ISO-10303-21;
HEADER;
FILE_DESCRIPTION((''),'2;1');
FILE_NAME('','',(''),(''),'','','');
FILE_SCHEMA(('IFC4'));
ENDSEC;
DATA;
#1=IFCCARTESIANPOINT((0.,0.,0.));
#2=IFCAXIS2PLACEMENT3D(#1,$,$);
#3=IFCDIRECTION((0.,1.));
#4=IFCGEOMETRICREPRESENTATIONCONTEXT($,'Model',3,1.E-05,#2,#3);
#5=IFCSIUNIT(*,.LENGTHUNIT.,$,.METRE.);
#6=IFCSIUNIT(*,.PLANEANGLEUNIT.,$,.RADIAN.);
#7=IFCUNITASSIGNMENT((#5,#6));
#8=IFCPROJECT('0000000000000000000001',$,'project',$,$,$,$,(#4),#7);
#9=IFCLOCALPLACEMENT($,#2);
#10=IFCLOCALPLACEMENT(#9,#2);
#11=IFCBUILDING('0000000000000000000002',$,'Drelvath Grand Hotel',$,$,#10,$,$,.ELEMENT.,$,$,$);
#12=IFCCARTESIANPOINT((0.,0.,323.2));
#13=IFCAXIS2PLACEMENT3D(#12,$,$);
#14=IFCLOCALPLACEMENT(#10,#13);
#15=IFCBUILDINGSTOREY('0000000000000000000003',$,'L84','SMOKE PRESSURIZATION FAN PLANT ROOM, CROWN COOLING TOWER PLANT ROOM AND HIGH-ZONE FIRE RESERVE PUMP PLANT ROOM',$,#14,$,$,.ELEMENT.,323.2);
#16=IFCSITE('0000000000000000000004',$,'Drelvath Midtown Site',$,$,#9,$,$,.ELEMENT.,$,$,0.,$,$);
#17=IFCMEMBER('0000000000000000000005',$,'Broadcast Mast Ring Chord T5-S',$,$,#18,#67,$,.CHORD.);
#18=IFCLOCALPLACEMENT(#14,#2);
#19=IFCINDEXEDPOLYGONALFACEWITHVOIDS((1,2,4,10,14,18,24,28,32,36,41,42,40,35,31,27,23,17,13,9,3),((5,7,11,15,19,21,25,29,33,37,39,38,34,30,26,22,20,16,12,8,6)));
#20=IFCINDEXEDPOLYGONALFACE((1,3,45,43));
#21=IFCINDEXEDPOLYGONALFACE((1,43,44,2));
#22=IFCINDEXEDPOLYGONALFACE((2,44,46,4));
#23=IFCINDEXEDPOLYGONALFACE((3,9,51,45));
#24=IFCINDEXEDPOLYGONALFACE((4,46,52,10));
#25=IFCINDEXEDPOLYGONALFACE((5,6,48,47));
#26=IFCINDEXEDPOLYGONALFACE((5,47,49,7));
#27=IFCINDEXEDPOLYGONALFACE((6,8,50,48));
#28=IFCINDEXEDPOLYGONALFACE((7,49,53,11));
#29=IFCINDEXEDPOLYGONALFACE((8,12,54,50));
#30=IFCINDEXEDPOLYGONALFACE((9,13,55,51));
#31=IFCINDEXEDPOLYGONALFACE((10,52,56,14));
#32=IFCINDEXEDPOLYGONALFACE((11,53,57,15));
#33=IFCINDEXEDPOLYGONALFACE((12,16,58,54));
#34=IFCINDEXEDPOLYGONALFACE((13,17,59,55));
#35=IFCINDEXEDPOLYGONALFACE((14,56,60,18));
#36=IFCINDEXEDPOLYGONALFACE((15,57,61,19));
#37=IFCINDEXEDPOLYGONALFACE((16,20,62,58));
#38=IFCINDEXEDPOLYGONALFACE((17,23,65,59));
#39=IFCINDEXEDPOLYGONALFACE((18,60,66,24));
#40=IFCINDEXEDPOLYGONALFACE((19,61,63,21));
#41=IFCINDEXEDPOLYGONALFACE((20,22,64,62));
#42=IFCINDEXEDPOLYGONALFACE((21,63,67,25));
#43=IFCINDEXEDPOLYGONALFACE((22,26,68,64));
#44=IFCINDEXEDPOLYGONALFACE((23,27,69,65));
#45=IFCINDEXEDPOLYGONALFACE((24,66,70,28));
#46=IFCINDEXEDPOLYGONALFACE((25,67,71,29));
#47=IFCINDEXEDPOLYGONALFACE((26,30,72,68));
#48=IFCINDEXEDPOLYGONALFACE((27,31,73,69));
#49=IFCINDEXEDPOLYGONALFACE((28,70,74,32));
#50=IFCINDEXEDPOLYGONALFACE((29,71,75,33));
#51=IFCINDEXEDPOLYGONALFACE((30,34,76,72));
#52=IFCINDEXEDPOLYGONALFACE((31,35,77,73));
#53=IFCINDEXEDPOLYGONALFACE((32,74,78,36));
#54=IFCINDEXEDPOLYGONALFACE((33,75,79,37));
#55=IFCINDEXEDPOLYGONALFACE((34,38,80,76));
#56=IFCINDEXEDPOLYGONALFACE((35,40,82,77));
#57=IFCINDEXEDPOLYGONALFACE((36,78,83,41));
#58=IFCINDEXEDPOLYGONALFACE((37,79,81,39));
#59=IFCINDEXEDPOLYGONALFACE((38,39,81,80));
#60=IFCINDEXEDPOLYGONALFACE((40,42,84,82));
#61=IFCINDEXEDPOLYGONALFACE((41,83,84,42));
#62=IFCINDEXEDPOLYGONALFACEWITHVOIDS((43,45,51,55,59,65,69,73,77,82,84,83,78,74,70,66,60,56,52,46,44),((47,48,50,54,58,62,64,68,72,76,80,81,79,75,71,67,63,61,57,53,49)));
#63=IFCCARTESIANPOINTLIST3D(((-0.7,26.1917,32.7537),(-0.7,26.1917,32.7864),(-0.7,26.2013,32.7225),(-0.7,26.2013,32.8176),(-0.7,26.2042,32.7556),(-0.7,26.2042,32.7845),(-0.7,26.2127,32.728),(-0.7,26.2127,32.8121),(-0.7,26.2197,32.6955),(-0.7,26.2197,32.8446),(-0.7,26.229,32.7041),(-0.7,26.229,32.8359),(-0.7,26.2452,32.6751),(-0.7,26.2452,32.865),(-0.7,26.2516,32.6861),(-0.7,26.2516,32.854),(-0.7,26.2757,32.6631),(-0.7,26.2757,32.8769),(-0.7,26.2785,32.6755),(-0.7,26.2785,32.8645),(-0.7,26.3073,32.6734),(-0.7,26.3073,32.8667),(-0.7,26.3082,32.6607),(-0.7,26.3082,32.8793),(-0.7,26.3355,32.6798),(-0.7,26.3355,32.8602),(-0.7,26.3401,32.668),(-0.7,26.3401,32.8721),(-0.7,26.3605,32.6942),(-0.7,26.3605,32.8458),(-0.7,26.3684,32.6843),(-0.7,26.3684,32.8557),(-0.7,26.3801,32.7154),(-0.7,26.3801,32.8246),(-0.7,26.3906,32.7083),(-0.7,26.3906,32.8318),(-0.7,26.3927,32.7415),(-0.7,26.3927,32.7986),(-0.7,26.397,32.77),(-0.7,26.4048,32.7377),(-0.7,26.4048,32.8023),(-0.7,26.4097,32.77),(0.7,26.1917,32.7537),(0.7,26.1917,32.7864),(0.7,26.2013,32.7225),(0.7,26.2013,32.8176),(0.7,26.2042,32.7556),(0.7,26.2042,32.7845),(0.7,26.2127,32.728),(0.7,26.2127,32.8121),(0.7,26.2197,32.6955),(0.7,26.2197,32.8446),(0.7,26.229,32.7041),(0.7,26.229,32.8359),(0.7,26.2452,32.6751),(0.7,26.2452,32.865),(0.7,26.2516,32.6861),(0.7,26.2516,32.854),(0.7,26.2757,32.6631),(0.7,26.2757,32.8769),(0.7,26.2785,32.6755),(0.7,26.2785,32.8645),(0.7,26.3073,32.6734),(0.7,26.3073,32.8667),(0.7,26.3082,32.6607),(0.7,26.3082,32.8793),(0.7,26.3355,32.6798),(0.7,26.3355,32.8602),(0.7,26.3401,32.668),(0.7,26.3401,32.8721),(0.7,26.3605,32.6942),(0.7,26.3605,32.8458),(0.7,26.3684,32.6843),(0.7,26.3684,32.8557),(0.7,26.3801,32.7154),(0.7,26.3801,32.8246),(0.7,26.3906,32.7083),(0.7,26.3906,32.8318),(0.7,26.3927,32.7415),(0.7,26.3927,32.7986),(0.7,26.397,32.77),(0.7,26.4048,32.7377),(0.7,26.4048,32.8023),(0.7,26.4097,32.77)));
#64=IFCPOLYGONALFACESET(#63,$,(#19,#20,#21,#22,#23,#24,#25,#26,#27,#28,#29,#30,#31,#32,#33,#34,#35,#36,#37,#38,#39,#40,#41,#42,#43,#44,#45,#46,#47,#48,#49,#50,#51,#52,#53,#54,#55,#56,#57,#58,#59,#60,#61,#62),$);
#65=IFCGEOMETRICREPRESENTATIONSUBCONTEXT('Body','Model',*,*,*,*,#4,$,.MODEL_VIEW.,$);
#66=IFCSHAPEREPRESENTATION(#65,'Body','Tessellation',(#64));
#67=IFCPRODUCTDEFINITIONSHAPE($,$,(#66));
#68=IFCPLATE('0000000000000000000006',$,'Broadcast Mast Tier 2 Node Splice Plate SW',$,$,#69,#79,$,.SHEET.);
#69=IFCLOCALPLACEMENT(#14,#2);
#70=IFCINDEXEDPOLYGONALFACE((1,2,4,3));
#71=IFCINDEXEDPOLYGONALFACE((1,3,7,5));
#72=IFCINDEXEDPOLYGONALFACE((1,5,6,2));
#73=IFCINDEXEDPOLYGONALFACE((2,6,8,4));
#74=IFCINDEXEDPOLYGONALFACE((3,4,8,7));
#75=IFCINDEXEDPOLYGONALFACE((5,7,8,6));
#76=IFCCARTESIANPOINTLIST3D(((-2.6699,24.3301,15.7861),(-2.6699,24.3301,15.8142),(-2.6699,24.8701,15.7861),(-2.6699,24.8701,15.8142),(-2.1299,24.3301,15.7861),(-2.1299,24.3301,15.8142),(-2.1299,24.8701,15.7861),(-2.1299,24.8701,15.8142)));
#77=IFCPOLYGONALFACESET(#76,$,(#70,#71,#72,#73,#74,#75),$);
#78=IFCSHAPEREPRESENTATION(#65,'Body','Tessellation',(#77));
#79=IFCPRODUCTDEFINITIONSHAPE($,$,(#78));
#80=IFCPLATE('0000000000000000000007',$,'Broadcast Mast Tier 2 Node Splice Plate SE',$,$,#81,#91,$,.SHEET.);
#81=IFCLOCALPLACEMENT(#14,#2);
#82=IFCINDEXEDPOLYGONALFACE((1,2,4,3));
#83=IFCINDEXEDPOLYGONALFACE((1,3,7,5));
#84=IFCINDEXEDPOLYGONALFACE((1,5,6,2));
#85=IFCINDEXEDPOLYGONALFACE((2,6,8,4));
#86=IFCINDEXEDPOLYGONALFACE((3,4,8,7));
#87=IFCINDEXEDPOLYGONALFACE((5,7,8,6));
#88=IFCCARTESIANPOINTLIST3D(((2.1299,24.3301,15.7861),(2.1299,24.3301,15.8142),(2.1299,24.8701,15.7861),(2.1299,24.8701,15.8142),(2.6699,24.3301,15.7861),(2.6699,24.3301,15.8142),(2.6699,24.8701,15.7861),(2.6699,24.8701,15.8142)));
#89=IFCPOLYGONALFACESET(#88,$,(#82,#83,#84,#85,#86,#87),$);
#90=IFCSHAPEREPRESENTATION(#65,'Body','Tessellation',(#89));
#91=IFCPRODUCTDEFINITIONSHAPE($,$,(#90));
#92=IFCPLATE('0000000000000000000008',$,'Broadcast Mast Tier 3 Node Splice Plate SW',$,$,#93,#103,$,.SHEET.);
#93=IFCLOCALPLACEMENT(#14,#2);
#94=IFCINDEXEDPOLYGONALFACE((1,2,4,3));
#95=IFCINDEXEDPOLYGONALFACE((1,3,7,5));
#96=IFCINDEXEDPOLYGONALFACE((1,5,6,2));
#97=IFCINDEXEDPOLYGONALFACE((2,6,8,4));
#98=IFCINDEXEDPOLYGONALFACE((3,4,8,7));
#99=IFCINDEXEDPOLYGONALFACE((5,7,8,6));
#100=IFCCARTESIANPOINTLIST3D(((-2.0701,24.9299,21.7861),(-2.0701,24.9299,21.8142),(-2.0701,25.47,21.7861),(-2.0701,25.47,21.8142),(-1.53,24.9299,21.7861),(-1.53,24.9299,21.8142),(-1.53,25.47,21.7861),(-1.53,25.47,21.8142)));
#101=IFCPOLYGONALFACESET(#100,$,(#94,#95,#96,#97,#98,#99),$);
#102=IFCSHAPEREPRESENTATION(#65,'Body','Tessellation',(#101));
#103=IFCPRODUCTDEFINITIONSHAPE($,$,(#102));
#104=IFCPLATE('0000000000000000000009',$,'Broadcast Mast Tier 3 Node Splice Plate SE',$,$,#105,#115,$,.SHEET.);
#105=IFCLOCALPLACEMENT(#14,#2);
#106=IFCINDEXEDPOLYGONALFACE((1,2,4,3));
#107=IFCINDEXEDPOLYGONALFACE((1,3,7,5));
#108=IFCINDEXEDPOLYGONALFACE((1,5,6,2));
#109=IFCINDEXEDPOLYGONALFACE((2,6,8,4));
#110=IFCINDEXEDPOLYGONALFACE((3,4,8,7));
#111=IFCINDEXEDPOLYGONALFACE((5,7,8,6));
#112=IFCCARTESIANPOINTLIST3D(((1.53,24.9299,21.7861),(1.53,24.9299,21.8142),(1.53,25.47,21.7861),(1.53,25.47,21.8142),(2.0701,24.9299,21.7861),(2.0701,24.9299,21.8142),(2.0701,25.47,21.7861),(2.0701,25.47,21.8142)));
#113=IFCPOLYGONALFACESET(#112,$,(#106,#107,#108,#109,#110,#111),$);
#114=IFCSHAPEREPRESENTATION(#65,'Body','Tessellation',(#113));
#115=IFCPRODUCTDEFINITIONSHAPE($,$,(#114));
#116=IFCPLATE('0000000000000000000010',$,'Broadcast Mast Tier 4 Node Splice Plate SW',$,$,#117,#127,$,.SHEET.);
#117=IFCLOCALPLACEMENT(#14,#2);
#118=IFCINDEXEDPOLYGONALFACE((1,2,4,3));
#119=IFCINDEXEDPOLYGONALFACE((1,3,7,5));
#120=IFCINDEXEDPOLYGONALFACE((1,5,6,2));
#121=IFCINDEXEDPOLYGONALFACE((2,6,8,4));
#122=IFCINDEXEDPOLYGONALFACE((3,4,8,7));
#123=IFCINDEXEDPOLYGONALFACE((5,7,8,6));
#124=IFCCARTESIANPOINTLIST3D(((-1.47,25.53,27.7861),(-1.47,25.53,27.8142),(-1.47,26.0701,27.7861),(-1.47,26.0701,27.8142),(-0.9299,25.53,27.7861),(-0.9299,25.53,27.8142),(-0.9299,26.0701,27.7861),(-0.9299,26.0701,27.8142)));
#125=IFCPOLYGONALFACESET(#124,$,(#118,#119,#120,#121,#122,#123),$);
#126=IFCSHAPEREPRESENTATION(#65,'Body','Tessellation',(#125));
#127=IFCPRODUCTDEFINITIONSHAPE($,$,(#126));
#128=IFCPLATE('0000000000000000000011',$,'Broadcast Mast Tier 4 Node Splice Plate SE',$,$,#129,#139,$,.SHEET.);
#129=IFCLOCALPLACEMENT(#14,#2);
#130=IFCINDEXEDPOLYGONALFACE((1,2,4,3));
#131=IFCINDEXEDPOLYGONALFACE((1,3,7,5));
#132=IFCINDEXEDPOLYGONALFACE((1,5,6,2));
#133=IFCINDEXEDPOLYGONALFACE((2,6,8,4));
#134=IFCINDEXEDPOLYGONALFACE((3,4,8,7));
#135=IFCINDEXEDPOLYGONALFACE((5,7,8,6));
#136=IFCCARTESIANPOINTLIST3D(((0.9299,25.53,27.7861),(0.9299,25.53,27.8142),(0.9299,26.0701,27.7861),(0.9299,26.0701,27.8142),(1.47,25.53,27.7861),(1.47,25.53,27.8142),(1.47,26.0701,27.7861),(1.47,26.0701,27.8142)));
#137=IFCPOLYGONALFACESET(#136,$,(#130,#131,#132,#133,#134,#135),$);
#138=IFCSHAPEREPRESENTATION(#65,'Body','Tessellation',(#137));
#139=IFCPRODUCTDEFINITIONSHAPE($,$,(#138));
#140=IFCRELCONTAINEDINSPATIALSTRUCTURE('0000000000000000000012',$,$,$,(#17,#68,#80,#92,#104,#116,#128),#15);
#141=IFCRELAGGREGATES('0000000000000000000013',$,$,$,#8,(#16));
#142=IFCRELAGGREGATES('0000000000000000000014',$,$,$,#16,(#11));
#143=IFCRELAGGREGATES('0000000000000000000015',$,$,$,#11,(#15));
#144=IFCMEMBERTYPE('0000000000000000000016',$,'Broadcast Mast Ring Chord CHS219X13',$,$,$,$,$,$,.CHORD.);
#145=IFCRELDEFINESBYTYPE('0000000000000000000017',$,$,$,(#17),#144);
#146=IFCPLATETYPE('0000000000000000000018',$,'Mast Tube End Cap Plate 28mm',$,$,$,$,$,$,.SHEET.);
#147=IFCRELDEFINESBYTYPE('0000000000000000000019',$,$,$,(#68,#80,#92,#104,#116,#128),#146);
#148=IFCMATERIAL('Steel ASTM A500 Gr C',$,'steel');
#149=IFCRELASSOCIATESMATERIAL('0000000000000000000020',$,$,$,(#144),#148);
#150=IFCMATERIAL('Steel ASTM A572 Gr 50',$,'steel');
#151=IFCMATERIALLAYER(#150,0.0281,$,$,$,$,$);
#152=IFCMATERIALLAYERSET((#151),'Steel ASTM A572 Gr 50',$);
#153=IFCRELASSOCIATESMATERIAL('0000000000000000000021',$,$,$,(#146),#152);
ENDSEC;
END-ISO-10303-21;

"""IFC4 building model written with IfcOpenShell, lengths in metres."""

from ifc_helpers import new_model, si_unit, direction, frame, origin, origin_2d, place, context, subcontext, project, spatial, rectangle, hollow_circle, extrude, material, layer, layer_set, material_profile, profile_set, type_object, element, save


model = new_model("IFC4")

# Units and contexts
model_context = context("Model", 3, precision=1e-05, world=origin(), true_north=direction((0.0, 1.0)))
body_context = subcontext(model_context, "Body", "Model", "MODEL_VIEW")
ifc_project = project(units=[si_unit("LENGTHUNIT", "METRE"), si_unit("PLANEANGLEUNIT", "RADIAN")], contexts=[model_context])

# Site, building, storey
site_placement = place(None, origin())
site = spatial("IfcSite", under=ifc_project, at=site_placement, Name="Drelvath Midtown Site", CompositionType="ELEMENT", RefElevation=0.0)
building_placement = place(site_placement, origin())
building = spatial("IfcBuilding", under=site, at=building_placement, Name="Drelvath Grand Hotel", CompositionType="ELEMENT")
storey_placement = place(building_placement, frame((0.0, 0.0, 323.2)))
storey = spatial("IfcBuildingStorey", under=building, at=storey_placement, Name="L84", Description="SMOKE PRESSURIZATION FAN PLANT ROOM, CROWN COOLING TOWER PLANT ROOM AND HIGH-ZONE FIRE RESERVE PUMP PLANT ROOM", CompositionType="ELEMENT", Elevation=323.2)

# Member
ifc_material_1 = material(Name="Steel ASTM A500 Gr C", Category="steel")
ifc_material_profile_1 = material_profile(ifc_material_1, hollow_circle(Radius=0.1096, WallThickness=0.0127, at=origin_2d()), Name="CHS219X13")
ifc_profile_set_1 = profile_set([ifc_material_profile_1], Name="Steel ASTM A500 Gr C")
member_type_1 = type_object("IfcMemberType", Name="Broadcast Mast Ring Chord CHS219X13", PredefinedType="CHORD", material=ifc_profile_set_1)
member_placement = place(storey_placement, frame((-0.7, 26.3, 32.77), z_axis=(1.0, 0.0, 0.0), x_axis=(0.0, 1.0, 0.0)))
element("IfcMember", 1, at=member_placement, inside=storey, type_object=member_type_1, Name="Broadcast Mast Ring Chord T5-S", PredefinedType="CHORD", context=body_context, shape_type="SweptSolid", body=[
    extrude(hollow_circle(Radius=0.1096, WallThickness=0.0127, at=origin_2d()), origin(), (0.0, 0.0, 1.0), 1.3999),
])

# Plates
ifc_material_2 = material(Name="Steel ASTM A572 Gr 50", Category="steel")
ifc_layer = layer(ifc_material_2, 0.0281)
ifc_layer_set = layer_set([ifc_layer], Name="Steel ASTM A572 Gr 50")
plate_type = type_object("IfcPlateType", Name="Mast Tube End Cap Plate 28mm", PredefinedType="SHEET", material=ifc_layer_set)
for number, where, z_axis, x_axis, name in (
    (2, (-2.3999, 24.6001, 15.7861), (0.0, 0.0, 1.0), (1.0, 0.0, 0.0), "Broadcast Mast Tier 2 Node Splice Plate SW"),
    (3, (2.3999, 24.6001, 15.7861), (0.0, 0.0, 1.0), (1.0, 0.0, 0.0), "Broadcast Mast Tier 2 Node Splice Plate SE"),
    (4, (-1.8, 25.2, 21.7861), (0.0, 0.0, 1.0), (1.0, 0.0, 0.0), "Broadcast Mast Tier 3 Node Splice Plate SW"),
    (5, (1.8, 25.2, 21.7861), (0.0, 0.0, 1.0), (1.0, 0.0, 0.0), "Broadcast Mast Tier 3 Node Splice Plate SE"),
    (6, (-1.2, 25.8, 27.7861), (0.0, 0.0, 1.0), (1.0, 0.0, 0.0), "Broadcast Mast Tier 4 Node Splice Plate SW"),
    (7, (1.2, 25.8, 27.7861), (0.0, 0.0, 1.0), (1.0, 0.0, 0.0), "Broadcast Mast Tier 4 Node Splice Plate SE"),
):
    element("IfcPlate", number, at=place(storey_placement, frame(where, z_axis=z_axis, x_axis=x_axis)), inside=storey, type_object=plate_type, Name=name, PredefinedType="SHEET", context=body_context, shape_type="SweptSolid", body=[
        extrude(rectangle(XDim=0.54, YDim=0.54, at=origin_2d()), origin(), (0.0, 0.0, 1.0), 0.0281),
    ])

save(model, "model.ifc")
